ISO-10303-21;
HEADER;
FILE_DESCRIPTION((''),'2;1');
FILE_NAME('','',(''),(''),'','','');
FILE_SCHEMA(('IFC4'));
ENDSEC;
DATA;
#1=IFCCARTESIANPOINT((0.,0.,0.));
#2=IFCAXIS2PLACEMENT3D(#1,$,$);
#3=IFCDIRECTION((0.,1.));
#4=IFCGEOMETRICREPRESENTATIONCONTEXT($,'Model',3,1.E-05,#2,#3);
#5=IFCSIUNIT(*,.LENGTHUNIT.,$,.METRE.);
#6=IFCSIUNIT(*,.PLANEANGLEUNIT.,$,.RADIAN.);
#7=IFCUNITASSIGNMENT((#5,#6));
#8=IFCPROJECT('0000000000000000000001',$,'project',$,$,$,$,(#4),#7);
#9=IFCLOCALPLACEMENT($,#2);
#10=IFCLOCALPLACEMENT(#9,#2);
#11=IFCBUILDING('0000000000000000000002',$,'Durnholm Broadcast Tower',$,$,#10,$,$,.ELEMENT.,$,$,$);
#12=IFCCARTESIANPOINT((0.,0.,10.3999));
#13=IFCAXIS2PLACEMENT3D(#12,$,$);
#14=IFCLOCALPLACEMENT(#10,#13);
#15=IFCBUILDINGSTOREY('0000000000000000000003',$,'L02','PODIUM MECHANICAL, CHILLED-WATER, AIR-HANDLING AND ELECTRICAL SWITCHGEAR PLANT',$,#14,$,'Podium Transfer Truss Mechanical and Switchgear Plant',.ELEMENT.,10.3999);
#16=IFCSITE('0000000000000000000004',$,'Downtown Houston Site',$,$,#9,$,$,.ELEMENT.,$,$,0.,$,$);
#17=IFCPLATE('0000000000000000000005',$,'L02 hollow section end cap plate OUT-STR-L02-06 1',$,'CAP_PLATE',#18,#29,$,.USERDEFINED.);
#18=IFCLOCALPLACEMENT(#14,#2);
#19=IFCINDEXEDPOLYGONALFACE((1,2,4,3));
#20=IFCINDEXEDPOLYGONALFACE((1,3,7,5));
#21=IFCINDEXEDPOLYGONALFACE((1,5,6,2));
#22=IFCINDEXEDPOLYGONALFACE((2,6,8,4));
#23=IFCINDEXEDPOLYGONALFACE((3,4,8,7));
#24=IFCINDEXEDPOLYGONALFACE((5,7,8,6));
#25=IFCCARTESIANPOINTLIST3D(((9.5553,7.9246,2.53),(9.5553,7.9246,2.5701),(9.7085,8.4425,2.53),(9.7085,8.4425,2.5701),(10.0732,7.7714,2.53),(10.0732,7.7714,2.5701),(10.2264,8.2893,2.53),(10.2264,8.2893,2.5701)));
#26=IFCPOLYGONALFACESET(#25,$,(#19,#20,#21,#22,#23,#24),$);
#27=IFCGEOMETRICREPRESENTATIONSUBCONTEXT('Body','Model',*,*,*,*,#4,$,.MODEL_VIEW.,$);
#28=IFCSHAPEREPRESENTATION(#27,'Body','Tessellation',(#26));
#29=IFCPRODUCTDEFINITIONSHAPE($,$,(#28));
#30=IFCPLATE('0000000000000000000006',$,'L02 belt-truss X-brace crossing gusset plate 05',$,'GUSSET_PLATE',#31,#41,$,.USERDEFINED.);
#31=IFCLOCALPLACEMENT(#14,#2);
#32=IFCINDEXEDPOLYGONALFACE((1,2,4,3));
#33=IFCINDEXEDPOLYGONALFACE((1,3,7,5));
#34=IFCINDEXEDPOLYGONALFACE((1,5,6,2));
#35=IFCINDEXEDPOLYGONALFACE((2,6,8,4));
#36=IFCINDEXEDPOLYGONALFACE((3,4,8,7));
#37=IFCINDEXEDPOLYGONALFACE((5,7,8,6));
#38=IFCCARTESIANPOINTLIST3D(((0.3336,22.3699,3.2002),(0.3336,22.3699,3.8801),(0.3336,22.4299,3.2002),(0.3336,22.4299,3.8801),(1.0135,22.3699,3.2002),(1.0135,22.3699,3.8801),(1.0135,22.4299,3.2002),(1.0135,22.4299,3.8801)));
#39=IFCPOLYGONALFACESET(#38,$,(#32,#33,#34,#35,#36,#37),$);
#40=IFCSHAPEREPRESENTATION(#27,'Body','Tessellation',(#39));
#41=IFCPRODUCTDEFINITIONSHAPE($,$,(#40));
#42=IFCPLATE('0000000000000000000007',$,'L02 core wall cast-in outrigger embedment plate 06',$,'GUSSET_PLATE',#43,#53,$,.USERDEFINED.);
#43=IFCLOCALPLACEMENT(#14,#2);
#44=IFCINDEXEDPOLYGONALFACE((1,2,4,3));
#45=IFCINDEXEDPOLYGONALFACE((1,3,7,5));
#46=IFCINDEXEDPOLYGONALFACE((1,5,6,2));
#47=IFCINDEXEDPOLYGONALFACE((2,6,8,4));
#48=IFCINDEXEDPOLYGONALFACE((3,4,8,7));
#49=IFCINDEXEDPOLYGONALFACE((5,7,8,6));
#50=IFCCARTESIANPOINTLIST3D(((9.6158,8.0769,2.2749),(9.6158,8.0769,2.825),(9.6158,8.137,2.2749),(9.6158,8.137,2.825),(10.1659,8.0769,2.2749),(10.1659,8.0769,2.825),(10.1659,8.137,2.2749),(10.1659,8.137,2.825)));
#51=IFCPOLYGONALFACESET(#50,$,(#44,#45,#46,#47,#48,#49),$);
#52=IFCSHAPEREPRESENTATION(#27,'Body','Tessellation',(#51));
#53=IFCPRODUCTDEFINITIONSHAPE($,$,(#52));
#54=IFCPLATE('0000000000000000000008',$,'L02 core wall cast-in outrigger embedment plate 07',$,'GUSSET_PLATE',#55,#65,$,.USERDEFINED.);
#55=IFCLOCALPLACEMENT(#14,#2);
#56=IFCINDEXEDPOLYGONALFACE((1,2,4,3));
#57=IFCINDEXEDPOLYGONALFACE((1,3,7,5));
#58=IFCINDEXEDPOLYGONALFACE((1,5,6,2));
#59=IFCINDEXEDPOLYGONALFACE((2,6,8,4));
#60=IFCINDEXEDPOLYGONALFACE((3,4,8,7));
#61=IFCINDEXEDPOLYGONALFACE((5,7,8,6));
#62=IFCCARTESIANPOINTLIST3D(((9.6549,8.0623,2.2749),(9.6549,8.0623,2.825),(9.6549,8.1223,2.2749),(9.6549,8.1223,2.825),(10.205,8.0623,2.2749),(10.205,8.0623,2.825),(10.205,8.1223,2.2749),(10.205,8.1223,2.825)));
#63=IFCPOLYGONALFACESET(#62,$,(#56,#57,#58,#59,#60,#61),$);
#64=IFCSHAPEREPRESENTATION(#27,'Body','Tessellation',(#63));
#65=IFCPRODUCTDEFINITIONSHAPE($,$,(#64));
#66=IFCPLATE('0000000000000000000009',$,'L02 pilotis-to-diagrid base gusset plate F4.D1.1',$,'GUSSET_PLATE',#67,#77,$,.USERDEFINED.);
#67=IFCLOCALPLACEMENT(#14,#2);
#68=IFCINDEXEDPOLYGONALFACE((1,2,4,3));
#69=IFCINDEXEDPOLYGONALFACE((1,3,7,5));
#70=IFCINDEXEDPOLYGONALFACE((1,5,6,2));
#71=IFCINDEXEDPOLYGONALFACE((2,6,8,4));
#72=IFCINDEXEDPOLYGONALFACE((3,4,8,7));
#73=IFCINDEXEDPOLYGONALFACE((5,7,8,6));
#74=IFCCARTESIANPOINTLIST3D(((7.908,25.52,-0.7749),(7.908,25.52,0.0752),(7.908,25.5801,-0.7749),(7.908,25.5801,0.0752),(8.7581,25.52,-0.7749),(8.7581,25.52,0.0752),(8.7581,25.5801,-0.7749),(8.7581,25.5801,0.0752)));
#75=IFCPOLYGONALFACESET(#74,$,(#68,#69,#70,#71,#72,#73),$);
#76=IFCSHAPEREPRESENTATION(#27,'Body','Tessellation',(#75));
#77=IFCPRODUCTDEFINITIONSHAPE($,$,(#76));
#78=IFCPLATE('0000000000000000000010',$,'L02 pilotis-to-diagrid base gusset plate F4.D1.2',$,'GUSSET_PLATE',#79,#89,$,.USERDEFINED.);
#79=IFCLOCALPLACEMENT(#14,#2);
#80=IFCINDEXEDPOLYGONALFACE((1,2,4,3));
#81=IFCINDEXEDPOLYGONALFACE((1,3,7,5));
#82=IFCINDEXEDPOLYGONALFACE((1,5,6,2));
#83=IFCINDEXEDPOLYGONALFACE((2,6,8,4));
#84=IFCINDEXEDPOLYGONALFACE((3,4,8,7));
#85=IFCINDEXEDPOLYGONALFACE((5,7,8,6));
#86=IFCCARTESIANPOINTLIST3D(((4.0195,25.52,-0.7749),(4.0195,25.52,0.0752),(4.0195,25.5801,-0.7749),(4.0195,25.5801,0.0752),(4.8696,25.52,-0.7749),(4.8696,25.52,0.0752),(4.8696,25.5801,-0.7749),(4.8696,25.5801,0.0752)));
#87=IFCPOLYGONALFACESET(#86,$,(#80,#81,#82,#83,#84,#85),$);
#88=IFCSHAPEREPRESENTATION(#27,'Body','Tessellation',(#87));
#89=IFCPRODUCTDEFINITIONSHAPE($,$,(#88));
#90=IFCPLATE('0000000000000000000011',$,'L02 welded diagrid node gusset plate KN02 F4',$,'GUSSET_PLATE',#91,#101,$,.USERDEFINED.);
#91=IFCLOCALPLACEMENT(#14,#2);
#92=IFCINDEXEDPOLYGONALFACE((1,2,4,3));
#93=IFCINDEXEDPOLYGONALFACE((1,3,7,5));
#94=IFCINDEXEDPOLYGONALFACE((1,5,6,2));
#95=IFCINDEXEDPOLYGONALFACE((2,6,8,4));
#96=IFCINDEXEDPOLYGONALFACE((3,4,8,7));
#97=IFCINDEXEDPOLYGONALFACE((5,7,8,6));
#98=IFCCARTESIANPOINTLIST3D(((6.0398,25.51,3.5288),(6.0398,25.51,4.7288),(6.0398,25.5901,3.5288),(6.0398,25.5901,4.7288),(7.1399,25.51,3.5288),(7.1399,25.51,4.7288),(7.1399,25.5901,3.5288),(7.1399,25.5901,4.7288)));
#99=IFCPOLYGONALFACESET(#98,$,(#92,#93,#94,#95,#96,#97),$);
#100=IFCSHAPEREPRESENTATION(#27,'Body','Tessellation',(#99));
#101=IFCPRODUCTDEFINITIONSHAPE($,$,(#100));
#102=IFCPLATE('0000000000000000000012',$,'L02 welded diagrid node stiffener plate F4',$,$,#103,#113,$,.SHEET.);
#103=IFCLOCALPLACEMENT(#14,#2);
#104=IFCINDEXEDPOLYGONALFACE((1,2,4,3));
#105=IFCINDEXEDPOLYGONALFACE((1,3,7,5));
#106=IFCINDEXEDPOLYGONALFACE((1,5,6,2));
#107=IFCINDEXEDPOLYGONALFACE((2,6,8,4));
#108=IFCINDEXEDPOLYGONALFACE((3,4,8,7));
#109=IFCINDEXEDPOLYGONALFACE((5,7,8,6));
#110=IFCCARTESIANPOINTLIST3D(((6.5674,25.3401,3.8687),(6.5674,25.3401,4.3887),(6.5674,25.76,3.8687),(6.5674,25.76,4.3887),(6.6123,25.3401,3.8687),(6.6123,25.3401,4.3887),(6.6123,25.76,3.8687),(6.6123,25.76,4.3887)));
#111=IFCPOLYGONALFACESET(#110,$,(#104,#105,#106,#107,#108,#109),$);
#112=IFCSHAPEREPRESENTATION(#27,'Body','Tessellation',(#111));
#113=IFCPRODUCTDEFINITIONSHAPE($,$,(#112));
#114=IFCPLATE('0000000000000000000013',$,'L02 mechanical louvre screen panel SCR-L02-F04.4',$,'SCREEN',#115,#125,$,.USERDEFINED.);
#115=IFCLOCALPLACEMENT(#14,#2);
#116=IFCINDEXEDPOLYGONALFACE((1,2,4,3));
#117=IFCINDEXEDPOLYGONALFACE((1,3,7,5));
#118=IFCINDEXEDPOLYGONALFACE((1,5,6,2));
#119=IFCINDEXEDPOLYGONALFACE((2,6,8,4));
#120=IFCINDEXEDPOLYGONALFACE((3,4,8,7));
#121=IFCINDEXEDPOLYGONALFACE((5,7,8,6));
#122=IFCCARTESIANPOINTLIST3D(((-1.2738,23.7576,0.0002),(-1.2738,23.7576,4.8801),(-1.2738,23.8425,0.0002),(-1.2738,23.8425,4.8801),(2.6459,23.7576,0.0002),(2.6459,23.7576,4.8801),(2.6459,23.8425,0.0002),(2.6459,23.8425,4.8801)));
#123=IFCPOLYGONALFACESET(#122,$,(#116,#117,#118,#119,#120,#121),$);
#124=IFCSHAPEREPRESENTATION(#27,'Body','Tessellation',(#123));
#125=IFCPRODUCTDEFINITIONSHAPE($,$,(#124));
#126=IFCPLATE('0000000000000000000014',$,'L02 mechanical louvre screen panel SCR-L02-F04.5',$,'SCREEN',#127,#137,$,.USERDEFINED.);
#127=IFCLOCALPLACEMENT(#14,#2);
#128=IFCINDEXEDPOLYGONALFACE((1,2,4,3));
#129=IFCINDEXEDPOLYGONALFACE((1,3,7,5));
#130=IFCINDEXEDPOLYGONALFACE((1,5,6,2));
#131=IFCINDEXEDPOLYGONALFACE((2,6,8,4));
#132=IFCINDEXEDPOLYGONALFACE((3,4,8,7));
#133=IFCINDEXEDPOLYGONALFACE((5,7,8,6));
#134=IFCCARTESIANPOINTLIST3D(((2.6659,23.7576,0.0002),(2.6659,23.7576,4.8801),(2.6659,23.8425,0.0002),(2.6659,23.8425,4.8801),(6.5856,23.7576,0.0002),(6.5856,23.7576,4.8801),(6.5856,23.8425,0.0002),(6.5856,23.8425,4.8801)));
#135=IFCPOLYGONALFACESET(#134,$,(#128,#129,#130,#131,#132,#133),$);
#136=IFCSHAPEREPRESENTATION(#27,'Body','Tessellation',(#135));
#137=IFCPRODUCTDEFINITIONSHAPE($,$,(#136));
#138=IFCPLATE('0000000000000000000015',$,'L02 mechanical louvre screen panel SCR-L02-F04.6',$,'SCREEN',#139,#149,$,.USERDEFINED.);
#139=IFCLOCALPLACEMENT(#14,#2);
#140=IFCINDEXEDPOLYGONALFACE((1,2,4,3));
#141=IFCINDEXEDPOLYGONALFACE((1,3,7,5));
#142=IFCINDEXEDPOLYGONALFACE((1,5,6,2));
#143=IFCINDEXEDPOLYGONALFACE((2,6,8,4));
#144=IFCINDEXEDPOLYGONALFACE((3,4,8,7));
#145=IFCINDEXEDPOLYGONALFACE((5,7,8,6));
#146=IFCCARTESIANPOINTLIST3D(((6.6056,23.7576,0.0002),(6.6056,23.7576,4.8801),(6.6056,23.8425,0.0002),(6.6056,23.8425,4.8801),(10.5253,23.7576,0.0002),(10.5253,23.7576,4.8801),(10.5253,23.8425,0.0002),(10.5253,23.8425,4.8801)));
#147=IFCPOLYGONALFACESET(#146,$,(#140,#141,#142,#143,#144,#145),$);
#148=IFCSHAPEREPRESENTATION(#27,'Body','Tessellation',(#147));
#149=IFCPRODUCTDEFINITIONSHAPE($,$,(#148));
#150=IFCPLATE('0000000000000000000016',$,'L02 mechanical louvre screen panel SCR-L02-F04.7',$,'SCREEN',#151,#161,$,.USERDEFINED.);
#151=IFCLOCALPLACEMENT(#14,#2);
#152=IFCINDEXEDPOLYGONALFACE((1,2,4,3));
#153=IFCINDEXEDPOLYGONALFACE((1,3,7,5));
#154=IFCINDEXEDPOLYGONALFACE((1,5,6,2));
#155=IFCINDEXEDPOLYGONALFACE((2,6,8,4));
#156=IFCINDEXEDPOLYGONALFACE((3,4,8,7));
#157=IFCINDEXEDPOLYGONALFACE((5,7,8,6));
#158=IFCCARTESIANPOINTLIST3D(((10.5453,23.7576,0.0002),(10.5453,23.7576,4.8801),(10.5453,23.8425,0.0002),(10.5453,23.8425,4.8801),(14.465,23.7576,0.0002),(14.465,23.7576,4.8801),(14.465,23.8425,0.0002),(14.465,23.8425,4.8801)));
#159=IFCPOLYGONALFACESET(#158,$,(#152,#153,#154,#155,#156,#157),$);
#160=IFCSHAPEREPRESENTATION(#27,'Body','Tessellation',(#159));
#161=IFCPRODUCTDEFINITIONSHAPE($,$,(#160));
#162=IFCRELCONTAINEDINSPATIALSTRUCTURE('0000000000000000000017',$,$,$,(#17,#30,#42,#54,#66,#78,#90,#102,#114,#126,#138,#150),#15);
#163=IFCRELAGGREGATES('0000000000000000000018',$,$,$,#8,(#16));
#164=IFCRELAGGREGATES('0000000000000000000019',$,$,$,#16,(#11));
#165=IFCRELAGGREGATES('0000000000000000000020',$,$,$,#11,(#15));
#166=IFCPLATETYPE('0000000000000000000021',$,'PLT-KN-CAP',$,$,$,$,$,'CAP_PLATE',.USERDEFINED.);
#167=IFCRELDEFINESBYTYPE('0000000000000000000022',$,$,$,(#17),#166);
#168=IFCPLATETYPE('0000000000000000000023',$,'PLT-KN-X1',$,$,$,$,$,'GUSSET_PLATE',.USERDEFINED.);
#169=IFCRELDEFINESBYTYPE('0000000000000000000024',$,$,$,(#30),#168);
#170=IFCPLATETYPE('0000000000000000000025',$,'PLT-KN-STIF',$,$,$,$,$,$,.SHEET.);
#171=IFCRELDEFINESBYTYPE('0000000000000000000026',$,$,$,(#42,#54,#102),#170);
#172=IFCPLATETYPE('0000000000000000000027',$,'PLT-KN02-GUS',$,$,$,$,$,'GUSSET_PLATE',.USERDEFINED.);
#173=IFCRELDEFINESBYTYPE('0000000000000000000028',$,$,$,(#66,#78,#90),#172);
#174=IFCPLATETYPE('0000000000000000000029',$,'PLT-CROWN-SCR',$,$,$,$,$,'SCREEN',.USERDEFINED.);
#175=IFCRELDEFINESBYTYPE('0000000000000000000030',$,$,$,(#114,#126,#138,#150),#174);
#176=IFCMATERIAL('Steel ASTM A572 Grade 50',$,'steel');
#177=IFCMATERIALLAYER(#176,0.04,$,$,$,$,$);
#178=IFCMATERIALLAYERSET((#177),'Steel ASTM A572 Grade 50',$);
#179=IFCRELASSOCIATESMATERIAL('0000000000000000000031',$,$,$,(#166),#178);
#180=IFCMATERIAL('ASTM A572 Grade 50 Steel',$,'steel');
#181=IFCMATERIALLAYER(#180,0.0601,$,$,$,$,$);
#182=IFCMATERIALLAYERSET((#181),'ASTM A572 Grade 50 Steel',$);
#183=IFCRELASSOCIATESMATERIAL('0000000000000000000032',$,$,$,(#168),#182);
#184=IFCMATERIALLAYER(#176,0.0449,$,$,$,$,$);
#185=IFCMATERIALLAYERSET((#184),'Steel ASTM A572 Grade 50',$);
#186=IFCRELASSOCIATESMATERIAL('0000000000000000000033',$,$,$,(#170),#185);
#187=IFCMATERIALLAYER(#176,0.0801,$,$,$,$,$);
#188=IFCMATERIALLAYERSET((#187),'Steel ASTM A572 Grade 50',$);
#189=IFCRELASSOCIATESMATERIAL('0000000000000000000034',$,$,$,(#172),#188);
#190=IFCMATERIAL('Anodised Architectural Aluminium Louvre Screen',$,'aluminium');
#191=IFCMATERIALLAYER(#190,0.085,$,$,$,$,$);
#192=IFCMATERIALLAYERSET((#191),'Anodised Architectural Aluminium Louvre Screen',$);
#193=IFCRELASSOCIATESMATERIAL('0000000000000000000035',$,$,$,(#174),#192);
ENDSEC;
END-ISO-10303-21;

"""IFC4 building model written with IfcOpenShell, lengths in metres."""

from ifc_helpers import new_model, si_unit, direction, frame, origin, origin_2d, place, context, subcontext, project, spatial, rectangle, extrude, source, transform, mapped, material, layer, layer_set, type_object, type_shapes, element, save


model = new_model("IFC4")

# Units and contexts
model_context = context("Model", 3, precision=1e-05, world=origin(), true_north=direction((0.0, 1.0)))
body_context = subcontext(model_context, "Body", "Model", "MODEL_VIEW")
ifc_project = project(units=[si_unit("LENGTHUNIT", "METRE"), si_unit("PLANEANGLEUNIT", "RADIAN")], contexts=[model_context])

# Site, building, storey
site_placement = place(None, origin())
site = spatial("IfcSite", under=ifc_project, at=site_placement, Name="Downtown Houston Site", CompositionType="ELEMENT", RefElevation=0.0)
building_placement = place(site_placement, origin())
building = spatial("IfcBuilding", under=site, at=building_placement, Name="Durnholm Broadcast Tower", CompositionType="ELEMENT")
storey_placement = place(building_placement, frame((0.0, 0.0, 10.3999)))
storey = spatial("IfcBuildingStorey", under=building, at=storey_placement, Name="L02", Description="PODIUM MECHANICAL, CHILLED-WATER, AIR-HANDLING AND ELECTRICAL SWITCHGEAR PLANT", LongName="Podium Transfer Truss Mechanical and Switchgear Plant", CompositionType="ELEMENT", Elevation=10.3999)

# Plates
ifc_material_1 = material(Name="Steel ASTM A572 Grade 50", Category="steel")
ifc_layer_1 = layer(ifc_material_1, 0.04)
ifc_layer_set_1 = layer_set([ifc_layer_1], Name="Steel ASTM A572 Grade 50")
plate_type_1 = type_object("IfcPlateType", Name="PLT-KN-CAP", ElementType="CAP_PLATE", PredefinedType="USERDEFINED", material=ifc_layer_set_1)
shared_shape_1 = source(origin(), body_context, "Body", "SweptSolid", [
    extrude(rectangle(XDim=0.54, YDim=0.54, at=origin_2d()), origin(), (0.0, 0.0, 1.0), 0.04),
])
type_shapes(plate_type_1, [shared_shape_1])
for number, where, z_axis, x_axis, name in (
    (1, (9.8909, 8.1069, 2.53), (0.0, 0.0, 1.0), (0.283681, 0.958919, 0.0), "L02 hollow section end cap plate OUT-STR-L02-06 1"),
):
    element("IfcPlate", number, at=place(storey_placement, frame(where, z_axis=z_axis, x_axis=x_axis)), inside=storey, type_object=plate_type_1, Name=name, ObjectType="CAP_PLATE", PredefinedType="USERDEFINED", context=body_context, shape_type="MappedRepresentation", body=[
        mapped(shared_shape_1, transform((0.0, 0.0, 0.0), x_axis=(1.0, 0.0, 0.0), y_axis=(0.0, 1.0, 0.0), z_axis=(0.0, 0.0, 1.0), scale=1.0)),
    ])
ifc_material_2 = material(Name="ASTM A572 Grade 50 Steel", Category="steel")
ifc_layer_2 = layer(ifc_material_2, 0.0601)
ifc_layer_set_2 = layer_set([ifc_layer_2], Name="ASTM A572 Grade 50 Steel")
plate_type_2 = type_object("IfcPlateType", Name="PLT-KN-X1", ElementType="GUSSET_PLATE", PredefinedType="USERDEFINED", material=ifc_layer_set_2)
shared_shape_2 = source(origin(), body_context, "Body", "SweptSolid", [
    extrude(rectangle(XDim=0.6799, YDim=0.0601, at=origin_2d()), origin(), (0.0, 0.0, 1.0), 0.6799),
])
type_shapes(plate_type_2, [shared_shape_2])
plate_1_placement = place(storey_placement, frame((0.6736, 22.3999, 3.2002), z_axis=(0.0, 0.0, 1.0), x_axis=(1.0, 0.0, 0.0)))
element("IfcPlate", 2, at=plate_1_placement, inside=storey, type_object=plate_type_2, Name="L02 belt-truss X-brace crossing gusset plate 05", ObjectType="GUSSET_PLATE", PredefinedType="USERDEFINED", context=body_context, shape_type="MappedRepresentation", body=[
    mapped(shared_shape_2, transform((0.0, 0.0, 0.0), x_axis=(1.0, 0.0, 0.0), y_axis=(0.0, 1.0, 0.0), z_axis=(0.0, 0.0, 1.0), scale=1.0)),
])
ifc_layer_3 = layer(ifc_material_1, 0.0449)
ifc_layer_set_3 = layer_set([ifc_layer_3], Name="Steel ASTM A572 Grade 50")
plate_type_3 = type_object("IfcPlateType", Name="PLT-KN-STIF", PredefinedType="SHEET", material=ifc_layer_set_3)
shared_shape_3 = source(origin(), body_context, "Body", "SweptSolid", [
    extrude(rectangle(XDim=0.55, YDim=0.0601, at=origin_2d()), origin(), (0.0, 0.0, 1.0), 0.55),
])
for number, where, z_axis, x_axis, name in (
    (3, (9.8909, 8.1069, 2.2749), (0.0, 0.0, 1.0), (1.0, 0.0, 0.0), "L02 core wall cast-in outrigger embedment plate 06"),
    (4, (9.9299, 8.0923, 2.2749), (0.0, 0.0, 1.0), (1.0, 0.0, 0.0), "L02 core wall cast-in outrigger embedment plate 07"),
):
    element("IfcPlate", number, at=place(storey_placement, frame(where, z_axis=z_axis, x_axis=x_axis)), inside=storey, type_object=plate_type_3, Name=name, ObjectType="GUSSET_PLATE", PredefinedType="USERDEFINED", context=body_context, shape_type="MappedRepresentation", body=[
        mapped(shared_shape_3, transform((0.0, 0.0, 0.0), x_axis=(1.0, 0.0, 0.0), y_axis=(0.0, 1.0, 0.0), z_axis=(0.0, 0.0, 1.0), scale=1.0)),
    ])
ifc_layer_4 = layer(ifc_material_1, 0.0801)
ifc_layer_set_4 = layer_set([ifc_layer_4], Name="Steel ASTM A572 Grade 50")
plate_type_4 = type_object("IfcPlateType", Name="PLT-KN02-GUS", ElementType="GUSSET_PLATE", PredefinedType="USERDEFINED", material=ifc_layer_set_4)
shared_shape_4 = source(origin(), body_context, "Body", "SweptSolid", [
    extrude(rectangle(XDim=0.8501, YDim=0.0601, at=origin_2d()), origin(), (0.0, 0.0, 1.0), 0.8501),
])
for number, where, z_axis, x_axis, name in (
    (5, (8.333, 25.55, -0.7749), (0.0, 0.0, 1.0), (-1.0, 0.0, 0.0), "L02 pilotis-to-diagrid base gusset plate F4.D1.1"),
    (6, (4.4446, 25.55, -0.7749), (0.0, 0.0, 1.0), (-1.0, 0.0, 0.0), "L02 pilotis-to-diagrid base gusset plate F4.D1.2"),
):
    element("IfcPlate", number, at=place(storey_placement, frame(where, z_axis=z_axis, x_axis=x_axis)), inside=storey, type_object=plate_type_4, Name=name, ObjectType="GUSSET_PLATE", PredefinedType="USERDEFINED", context=body_context, shape_type="MappedRepresentation", body=[
        mapped(shared_shape_4, transform((0.0, 0.0, 0.0), x_axis=(1.0, 0.0, 0.0), y_axis=(0.0, 1.0, 0.0), z_axis=(0.0, 0.0, 1.0), scale=1.0)),
    ])
shared_shape_5 = source(origin(), body_context, "Body", "SweptSolid", [
    extrude(rectangle(XDim=1.1001, YDim=0.0801, at=origin_2d()), origin(), (0.0, 0.0, 1.0), 1.2),
])
type_shapes(plate_type_4, [shared_shape_4, shared_shape_5])
plate_2_placement = place(storey_placement, frame((6.5898, 25.55, 3.5288), z_axis=(0.0, 0.0, 1.0), x_axis=(-1.0, 0.0, 0.0)))
element("IfcPlate", 7, at=plate_2_placement, inside=storey, type_object=plate_type_4, Name="L02 welded diagrid node gusset plate KN02 F4", ObjectType="GUSSET_PLATE", PredefinedType="USERDEFINED", context=body_context, shape_type="MappedRepresentation", body=[
    mapped(shared_shape_5, transform((0.0, 0.0, 0.0), x_axis=(1.0, 0.0, 0.0), y_axis=(0.0, 1.0, 0.0), z_axis=(0.0, 0.0, 1.0), scale=1.0)),
])
shared_shape_6 = source(origin(), body_context, "Body", "SweptSolid", [
    extrude(rectangle(XDim=0.0449, YDim=0.4199, at=origin_2d()), origin(), (0.0, 0.0, 1.0), 0.52),
])
type_shapes(plate_type_3, [shared_shape_3, shared_shape_6])
plate_3_placement = place(storey_placement, frame((6.5898, 25.55, 3.8687), z_axis=(0.0, 0.0, 1.0), x_axis=(-1.0, 0.0, 0.0)))
element("IfcPlate", 8, at=plate_3_placement, inside=storey, type_object=plate_type_3, Name="L02 welded diagrid node stiffener plate F4", PredefinedType="SHEET", context=body_context, shape_type="MappedRepresentation", body=[
    mapped(shared_shape_6, transform((0.0, 0.0, 0.0), x_axis=(1.0, 0.0, 0.0), y_axis=(0.0, 1.0, 0.0), z_axis=(0.0, 0.0, 1.0), scale=1.0)),
])
ifc_material_3 = material(Name="Anodised Architectural Aluminium Louvre Screen", Category="aluminium")
ifc_layer_5 = layer(ifc_material_3, 0.085)
ifc_layer_set_5 = layer_set([ifc_layer_5], Name="Anodised Architectural Aluminium Louvre Screen")
plate_type_5 = type_object("IfcPlateType", Name="PLT-CROWN-SCR", ElementType="SCREEN", PredefinedType="USERDEFINED", material=ifc_layer_set_5)
shared_shape_7 = source(origin(), body_context, "Body", "SweptSolid", [
    extrude(rectangle(XDim=3.9197, YDim=0.085, at=origin_2d()), origin(), (0.0, 0.0, 1.0), 4.8799),
])
type_shapes(plate_type_5, [shared_shape_7])
for number, where, z_axis, x_axis, name in (
    (9, (0.686, 23.8, 0.0002), (0.0, 0.0, 1.0), (1.0, 0.0, 0.0), "L02 mechanical louvre screen panel SCR-L02-F04.4"),
    (10, (4.6257, 23.8, 0.0002), (0.0, 0.0, 1.0), (1.0, 0.0, 0.0), "L02 mechanical louvre screen panel SCR-L02-F04.5"),
    (11, (8.5654, 23.8, 0.0002), (0.0, 0.0, 1.0), (1.0, 0.0, 0.0), "L02 mechanical louvre screen panel SCR-L02-F04.6"),
    (12, (12.5051, 23.8, 0.0002), (0.0, 0.0, 1.0), (1.0, 0.0, 0.0), "L02 mechanical louvre screen panel SCR-L02-F04.7"),
):
    element("IfcPlate", number, at=place(storey_placement, frame(where, z_axis=z_axis, x_axis=x_axis)), inside=storey, type_object=plate_type_5, Name=name, ObjectType="SCREEN", PredefinedType="USERDEFINED", context=body_context, shape_type="MappedRepresentation", body=[
        mapped(shared_shape_7, transform((0.0, 0.0, 0.0), x_axis=(1.0, 0.0, 0.0), y_axis=(0.0, 1.0, 0.0), z_axis=(0.0, 0.0, 1.0), scale=1.0)),
    ])

save(model, "model.ifc")
